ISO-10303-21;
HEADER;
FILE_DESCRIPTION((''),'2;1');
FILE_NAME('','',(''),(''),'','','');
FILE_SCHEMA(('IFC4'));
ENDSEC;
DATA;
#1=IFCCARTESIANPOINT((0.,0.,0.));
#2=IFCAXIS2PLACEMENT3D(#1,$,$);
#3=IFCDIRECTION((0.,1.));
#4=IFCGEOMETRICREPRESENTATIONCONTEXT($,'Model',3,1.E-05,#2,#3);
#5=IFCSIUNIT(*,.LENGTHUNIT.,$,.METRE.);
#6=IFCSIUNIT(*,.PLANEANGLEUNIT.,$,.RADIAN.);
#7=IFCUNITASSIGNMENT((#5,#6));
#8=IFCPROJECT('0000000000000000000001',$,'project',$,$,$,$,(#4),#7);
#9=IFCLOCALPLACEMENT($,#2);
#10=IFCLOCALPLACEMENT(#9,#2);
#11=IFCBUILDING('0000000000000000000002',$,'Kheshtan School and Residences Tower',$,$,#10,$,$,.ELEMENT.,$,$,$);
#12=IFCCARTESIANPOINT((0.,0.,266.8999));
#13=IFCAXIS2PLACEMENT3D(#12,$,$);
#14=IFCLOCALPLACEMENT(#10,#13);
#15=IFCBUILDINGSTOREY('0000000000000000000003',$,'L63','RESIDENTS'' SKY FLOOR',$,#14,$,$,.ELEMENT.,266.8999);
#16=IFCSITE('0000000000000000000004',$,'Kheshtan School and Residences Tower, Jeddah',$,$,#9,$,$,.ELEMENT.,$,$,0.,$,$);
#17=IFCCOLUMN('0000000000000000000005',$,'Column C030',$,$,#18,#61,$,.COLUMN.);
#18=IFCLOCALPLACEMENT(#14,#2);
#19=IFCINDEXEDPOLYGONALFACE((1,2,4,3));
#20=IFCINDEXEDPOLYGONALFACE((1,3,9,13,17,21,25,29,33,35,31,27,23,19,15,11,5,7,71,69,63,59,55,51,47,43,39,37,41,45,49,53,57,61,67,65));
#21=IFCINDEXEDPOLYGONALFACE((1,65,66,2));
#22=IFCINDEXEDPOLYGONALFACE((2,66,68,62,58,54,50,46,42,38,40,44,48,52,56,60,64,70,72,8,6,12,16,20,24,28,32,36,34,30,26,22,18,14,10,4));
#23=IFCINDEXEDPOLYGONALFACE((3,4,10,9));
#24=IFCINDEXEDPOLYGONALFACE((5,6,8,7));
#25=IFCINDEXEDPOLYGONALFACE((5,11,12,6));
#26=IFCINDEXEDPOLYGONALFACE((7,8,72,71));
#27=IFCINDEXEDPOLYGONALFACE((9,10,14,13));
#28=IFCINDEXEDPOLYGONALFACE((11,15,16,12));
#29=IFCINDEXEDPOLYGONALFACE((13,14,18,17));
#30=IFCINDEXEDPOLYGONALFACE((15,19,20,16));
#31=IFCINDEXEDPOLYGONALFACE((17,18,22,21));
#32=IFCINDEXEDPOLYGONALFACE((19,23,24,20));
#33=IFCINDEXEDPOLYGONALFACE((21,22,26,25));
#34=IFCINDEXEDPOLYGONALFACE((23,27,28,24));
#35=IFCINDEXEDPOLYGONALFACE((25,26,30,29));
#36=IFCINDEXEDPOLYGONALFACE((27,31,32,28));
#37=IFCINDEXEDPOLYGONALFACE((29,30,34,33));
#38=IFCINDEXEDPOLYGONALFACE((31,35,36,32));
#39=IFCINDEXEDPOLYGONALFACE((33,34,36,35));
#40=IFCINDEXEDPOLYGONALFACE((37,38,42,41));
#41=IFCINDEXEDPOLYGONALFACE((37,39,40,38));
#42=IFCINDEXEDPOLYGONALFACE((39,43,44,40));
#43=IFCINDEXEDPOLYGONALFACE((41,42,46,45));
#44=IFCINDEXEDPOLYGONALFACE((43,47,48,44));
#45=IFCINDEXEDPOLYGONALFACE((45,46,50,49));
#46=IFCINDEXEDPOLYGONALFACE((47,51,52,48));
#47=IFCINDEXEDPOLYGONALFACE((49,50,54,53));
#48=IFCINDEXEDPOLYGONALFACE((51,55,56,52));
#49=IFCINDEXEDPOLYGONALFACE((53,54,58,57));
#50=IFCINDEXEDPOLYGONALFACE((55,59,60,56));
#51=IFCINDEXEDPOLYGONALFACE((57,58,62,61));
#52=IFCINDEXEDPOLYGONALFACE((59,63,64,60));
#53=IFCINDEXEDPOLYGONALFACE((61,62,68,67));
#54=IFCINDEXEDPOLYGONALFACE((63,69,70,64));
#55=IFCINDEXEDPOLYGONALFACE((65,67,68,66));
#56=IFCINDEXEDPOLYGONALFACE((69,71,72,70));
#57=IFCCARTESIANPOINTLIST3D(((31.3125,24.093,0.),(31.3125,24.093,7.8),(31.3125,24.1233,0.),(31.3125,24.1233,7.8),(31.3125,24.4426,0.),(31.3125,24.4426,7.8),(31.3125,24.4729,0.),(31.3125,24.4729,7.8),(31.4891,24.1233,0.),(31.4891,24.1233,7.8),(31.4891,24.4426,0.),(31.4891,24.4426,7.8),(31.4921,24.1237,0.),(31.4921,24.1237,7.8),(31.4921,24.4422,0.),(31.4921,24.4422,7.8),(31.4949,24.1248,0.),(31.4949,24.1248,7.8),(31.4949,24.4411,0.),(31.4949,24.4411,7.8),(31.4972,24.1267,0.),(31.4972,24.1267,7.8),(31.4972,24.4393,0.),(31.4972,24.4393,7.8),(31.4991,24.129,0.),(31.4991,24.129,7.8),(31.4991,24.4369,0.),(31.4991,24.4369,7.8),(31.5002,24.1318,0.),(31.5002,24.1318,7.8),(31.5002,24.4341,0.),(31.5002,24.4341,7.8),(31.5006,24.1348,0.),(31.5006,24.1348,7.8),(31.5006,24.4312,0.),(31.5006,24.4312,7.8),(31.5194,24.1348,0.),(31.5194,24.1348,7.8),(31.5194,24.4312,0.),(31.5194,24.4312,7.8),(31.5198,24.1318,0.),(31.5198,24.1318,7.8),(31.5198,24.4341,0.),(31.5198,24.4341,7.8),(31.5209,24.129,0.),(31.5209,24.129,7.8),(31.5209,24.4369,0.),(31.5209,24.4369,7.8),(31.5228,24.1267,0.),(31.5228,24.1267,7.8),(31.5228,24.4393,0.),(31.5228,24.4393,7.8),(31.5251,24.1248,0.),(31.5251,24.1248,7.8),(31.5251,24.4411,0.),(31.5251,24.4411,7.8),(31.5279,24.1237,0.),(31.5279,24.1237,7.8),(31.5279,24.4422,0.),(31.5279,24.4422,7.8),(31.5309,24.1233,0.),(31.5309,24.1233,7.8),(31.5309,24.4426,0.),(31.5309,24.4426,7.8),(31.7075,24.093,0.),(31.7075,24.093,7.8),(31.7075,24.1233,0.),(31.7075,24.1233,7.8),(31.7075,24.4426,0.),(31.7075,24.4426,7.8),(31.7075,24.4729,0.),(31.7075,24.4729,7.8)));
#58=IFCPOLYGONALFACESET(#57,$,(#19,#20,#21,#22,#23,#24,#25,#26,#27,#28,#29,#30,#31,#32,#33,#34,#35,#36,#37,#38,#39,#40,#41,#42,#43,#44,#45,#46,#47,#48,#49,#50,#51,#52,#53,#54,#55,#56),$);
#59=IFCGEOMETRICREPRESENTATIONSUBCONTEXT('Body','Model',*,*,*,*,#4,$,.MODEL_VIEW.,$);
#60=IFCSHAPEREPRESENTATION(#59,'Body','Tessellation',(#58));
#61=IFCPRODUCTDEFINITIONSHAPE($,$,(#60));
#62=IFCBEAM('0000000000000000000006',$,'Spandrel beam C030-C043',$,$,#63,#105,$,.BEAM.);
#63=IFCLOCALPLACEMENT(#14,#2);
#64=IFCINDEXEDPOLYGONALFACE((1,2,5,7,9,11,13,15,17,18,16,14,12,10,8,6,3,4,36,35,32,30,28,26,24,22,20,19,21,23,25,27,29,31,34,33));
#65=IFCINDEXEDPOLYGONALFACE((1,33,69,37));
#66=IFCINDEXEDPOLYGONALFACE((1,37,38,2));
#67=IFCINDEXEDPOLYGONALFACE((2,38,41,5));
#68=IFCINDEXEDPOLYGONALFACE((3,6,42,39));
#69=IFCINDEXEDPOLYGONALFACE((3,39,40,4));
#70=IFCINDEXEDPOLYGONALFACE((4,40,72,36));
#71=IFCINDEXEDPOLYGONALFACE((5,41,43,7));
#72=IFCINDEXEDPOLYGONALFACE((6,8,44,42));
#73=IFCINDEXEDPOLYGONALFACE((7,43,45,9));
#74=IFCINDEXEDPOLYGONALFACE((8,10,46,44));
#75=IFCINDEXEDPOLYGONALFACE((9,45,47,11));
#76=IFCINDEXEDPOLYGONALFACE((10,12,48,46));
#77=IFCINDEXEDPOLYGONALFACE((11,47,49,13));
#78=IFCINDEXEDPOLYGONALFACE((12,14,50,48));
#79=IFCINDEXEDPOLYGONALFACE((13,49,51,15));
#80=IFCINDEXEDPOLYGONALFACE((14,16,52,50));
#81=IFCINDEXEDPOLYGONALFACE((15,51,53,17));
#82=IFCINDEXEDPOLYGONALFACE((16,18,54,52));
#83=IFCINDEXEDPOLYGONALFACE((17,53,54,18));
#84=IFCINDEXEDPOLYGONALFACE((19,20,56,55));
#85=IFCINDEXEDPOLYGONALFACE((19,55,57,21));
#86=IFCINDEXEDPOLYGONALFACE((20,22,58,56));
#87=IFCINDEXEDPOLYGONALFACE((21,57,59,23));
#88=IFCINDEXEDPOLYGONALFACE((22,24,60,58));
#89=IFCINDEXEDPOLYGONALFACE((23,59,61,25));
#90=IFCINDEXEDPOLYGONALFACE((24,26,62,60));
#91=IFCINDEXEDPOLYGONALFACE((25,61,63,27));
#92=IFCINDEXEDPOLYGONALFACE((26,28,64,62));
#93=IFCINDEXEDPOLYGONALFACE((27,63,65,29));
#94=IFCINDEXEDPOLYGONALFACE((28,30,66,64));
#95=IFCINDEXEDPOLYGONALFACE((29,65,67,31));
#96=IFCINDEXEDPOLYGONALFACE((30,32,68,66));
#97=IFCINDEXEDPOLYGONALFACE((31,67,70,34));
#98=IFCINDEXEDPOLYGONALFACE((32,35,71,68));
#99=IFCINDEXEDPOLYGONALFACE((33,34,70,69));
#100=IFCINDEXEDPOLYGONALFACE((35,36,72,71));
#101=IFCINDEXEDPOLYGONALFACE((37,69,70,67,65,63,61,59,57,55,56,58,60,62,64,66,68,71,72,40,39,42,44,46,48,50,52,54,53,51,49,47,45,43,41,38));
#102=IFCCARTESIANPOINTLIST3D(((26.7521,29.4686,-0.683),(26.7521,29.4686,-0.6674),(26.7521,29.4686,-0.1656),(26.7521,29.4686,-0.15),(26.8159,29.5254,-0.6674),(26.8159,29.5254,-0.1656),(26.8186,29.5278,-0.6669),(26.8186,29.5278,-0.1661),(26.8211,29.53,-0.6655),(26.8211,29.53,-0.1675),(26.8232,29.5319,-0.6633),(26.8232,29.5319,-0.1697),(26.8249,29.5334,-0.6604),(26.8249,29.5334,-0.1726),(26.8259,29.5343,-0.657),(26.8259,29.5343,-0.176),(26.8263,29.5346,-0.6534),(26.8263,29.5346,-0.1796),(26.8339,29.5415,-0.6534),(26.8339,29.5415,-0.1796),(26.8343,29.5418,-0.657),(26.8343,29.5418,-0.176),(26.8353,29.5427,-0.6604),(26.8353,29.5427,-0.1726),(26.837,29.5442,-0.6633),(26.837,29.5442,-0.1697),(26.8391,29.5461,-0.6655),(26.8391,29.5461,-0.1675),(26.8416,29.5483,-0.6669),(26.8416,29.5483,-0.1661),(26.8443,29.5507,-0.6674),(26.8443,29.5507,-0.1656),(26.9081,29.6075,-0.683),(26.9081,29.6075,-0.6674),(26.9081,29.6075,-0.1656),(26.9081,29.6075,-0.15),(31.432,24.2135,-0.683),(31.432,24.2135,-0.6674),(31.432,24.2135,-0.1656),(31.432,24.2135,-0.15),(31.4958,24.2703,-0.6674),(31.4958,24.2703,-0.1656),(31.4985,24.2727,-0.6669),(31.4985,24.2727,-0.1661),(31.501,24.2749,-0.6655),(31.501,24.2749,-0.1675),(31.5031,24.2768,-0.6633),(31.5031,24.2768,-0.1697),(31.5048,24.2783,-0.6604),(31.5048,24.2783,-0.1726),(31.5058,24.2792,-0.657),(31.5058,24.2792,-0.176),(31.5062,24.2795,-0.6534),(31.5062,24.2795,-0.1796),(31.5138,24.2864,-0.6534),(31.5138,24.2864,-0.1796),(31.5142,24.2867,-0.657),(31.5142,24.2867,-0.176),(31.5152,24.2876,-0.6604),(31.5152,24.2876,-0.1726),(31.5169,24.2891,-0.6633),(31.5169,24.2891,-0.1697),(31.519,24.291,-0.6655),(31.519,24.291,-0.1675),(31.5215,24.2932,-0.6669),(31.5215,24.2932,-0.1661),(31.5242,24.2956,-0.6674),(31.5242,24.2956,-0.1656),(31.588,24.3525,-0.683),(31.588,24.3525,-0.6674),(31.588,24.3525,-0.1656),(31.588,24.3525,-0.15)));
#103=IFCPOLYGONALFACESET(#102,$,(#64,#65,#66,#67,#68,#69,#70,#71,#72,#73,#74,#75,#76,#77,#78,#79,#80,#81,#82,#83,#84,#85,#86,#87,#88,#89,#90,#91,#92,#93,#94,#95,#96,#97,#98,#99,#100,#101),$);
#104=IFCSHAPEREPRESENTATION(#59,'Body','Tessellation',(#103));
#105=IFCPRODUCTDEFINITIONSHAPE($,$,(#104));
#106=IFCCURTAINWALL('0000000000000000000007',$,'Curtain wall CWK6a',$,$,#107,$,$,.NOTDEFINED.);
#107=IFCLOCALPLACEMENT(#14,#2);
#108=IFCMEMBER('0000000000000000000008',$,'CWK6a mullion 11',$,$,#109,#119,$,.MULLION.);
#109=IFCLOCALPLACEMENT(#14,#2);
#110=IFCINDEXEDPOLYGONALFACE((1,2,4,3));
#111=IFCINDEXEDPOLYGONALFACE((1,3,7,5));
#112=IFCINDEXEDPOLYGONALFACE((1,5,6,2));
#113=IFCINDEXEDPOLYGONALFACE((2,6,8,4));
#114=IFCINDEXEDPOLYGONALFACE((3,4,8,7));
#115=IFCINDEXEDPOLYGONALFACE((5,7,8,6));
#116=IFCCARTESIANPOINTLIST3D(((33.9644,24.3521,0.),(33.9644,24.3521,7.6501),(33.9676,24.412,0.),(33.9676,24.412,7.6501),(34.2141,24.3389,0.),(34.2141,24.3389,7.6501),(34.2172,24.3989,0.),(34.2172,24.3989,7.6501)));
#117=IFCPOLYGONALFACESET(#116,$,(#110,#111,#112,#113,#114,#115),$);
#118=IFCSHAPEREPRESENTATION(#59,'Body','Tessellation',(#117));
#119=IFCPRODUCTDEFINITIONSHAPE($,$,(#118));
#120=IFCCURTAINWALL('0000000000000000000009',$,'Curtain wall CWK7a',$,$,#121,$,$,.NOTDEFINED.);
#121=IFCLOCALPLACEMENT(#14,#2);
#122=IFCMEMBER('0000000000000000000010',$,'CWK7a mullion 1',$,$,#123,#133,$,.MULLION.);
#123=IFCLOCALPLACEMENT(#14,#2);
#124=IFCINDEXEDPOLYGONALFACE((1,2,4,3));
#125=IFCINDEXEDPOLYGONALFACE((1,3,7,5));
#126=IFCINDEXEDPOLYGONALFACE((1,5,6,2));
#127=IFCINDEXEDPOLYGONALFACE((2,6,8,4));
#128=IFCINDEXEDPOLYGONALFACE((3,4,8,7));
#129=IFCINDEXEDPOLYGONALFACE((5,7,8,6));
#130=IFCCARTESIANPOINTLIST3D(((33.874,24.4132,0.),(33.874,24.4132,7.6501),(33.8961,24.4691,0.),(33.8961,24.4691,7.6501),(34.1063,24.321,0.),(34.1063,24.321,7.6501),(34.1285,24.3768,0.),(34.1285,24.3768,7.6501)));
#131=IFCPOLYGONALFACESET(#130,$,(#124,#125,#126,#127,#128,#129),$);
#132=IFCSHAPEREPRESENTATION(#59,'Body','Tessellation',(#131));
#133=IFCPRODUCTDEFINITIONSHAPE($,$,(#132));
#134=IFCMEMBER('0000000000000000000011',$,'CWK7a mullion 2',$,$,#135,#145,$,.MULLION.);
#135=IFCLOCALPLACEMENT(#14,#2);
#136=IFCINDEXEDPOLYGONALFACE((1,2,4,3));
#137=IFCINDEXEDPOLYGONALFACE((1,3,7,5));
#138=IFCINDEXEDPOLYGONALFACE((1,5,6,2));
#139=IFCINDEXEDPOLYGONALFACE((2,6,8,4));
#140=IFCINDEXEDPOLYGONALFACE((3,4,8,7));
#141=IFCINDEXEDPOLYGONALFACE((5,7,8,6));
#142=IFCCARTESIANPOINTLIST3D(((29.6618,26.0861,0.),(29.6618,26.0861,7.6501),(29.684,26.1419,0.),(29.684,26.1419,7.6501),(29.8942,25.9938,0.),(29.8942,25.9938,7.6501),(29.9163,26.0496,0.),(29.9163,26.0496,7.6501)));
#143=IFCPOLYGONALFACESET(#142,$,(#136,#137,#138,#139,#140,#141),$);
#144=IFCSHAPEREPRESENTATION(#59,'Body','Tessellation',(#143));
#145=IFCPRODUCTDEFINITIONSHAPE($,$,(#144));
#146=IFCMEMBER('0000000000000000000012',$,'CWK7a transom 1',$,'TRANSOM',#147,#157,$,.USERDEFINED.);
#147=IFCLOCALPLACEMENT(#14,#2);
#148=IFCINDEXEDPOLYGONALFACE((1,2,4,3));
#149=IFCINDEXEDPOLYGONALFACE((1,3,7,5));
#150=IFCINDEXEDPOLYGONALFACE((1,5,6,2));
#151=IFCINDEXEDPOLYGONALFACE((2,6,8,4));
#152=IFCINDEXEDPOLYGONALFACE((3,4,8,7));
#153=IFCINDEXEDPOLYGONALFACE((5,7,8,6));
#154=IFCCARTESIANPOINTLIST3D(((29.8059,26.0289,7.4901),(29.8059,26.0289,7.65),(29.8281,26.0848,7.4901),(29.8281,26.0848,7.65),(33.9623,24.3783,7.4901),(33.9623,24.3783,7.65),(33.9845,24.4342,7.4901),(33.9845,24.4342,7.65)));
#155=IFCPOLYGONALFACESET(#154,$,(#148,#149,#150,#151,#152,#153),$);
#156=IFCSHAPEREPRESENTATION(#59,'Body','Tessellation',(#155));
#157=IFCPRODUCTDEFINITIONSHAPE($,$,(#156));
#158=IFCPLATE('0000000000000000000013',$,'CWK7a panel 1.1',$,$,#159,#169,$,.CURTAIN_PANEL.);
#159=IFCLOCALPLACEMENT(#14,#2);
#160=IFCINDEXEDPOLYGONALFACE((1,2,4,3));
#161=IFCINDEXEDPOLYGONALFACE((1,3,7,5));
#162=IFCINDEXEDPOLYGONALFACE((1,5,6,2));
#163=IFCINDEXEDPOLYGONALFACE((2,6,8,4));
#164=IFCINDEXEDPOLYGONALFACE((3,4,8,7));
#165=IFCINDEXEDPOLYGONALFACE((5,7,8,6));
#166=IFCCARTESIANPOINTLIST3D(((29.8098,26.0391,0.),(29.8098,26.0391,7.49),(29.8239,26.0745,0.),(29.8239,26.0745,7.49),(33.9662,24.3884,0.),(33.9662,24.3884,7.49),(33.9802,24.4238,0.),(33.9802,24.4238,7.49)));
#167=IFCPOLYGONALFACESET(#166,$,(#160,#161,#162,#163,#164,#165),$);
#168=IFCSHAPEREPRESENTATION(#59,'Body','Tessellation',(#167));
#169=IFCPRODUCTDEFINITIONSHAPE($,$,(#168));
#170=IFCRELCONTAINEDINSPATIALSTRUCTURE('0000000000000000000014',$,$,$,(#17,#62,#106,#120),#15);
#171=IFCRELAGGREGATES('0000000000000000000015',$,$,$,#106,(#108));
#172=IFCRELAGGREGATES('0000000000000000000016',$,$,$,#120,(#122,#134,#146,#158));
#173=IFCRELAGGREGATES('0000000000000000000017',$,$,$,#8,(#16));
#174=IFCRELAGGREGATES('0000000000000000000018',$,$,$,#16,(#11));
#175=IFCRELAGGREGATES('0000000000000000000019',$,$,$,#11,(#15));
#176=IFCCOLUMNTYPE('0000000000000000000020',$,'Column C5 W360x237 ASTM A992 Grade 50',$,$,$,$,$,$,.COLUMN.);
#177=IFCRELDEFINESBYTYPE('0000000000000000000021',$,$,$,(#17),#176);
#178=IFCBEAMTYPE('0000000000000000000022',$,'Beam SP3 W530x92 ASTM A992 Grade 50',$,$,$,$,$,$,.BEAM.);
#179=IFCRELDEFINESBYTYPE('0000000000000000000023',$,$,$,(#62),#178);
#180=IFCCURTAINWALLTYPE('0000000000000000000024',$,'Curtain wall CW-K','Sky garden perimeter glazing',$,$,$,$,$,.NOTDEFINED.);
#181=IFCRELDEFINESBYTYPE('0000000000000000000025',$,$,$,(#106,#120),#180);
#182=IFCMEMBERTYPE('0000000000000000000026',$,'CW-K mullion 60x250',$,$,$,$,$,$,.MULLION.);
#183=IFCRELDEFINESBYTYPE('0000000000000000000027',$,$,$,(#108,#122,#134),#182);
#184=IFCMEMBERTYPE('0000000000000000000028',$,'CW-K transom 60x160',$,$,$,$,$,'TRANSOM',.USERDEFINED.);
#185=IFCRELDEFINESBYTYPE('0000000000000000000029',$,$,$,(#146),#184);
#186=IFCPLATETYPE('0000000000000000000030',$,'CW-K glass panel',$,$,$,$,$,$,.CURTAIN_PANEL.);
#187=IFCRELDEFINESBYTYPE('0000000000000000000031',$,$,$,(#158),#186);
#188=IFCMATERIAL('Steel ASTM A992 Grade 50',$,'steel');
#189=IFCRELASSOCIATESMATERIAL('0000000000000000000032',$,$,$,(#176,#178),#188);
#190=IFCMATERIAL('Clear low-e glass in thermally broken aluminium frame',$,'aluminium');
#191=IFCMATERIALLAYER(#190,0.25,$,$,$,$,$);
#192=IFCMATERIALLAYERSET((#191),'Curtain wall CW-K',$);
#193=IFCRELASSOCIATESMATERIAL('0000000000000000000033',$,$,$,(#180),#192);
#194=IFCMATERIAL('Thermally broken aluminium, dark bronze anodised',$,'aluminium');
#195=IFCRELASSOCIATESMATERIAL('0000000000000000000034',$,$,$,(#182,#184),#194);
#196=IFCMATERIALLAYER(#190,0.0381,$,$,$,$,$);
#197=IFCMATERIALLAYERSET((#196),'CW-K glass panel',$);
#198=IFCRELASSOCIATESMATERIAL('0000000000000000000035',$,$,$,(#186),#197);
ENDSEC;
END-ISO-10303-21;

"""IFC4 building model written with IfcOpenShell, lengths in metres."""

from ifc_helpers import new_model, si_unit, direction, frame, origin, origin_2d, place, context, subcontext, project, spatial, rectangle, i_section, extrude, material, layer, layer_set, material_profile, profile_set, type_object, element, aggregate, save


model = new_model("IFC4")

# Units and contexts
model_context = context("Model", 3, precision=1e-05, world=origin(), true_north=direction((0.0, 1.0)))
body_context = subcontext(model_context, "Body", "Model", "MODEL_VIEW")
ifc_project = project(units=[si_unit("LENGTHUNIT", "METRE"), si_unit("PLANEANGLEUNIT", "RADIAN")], contexts=[model_context])

# Site, building, storey
site_placement = place(None, origin())
site = spatial("IfcSite", under=ifc_project, at=site_placement, Name="Kheshtan School and Residences Tower, Jeddah", CompositionType="ELEMENT", RefElevation=0.0)
building_placement = place(site_placement, origin())
building = spatial("IfcBuilding", under=site, at=building_placement, Name="Kheshtan School and Residences Tower", CompositionType="ELEMENT")
storey_placement = place(building_placement, frame((0.0, 0.0, 266.8999)))
storey = spatial("IfcBuildingStorey", under=building, at=storey_placement, Name="L63", Description="RESIDENTS' SKY FLOOR", CompositionType="ELEMENT", Elevation=266.8999)

# Column
ifc_material_1 = material(Name="Steel ASTM A992 Grade 50", Category="steel")
ifc_material_profile_1 = material_profile(ifc_material_1, i_section(OverallWidth=0.395, OverallDepth=0.3799, WebThickness=0.0188, FlangeThickness=0.0303, FilletRadius=0.0115, at=origin_2d()), Name="W360x237")
ifc_profile_set_1 = profile_set([ifc_material_profile_1], Name="Steel ASTM A992 Grade 50")
column_type = type_object("IfcColumnType", Name="Column C5 W360x237 ASTM A992 Grade 50", PredefinedType="COLUMN", material=ifc_profile_set_1)
column_placement = place(storey_placement, frame((31.51, 24.283, 0.0), z_axis=(0.0, 0.0, 1.0), x_axis=(1.0, 0.0, 0.0)))
element("IfcColumn", 1, at=column_placement, inside=storey, type_object=column_type, Name="Column C030", PredefinedType="COLUMN", context=body_context, shape_type="SweptSolid", body=[
    extrude(i_section(OverallWidth=0.395, OverallDepth=0.3799, WebThickness=0.0188, FlangeThickness=0.0303, FilletRadius=0.0115, at=origin_2d()), origin(), (0.0, 0.0, 1.0), 7.8),
])

# Beam
ifc_material_profile_2 = material_profile(ifc_material_1, i_section(OverallWidth=0.209, OverallDepth=0.533, WebThickness=0.0103, FlangeThickness=0.0156, FilletRadius=0.0139, at=origin_2d()), Name="W530x92")
ifc_profile_set_2 = profile_set([ifc_material_profile_2], Name="Steel ASTM A992 Grade 50")
beam_type = type_object("IfcBeamType", Name="Beam SP3 W530x92 ASTM A992 Grade 50", PredefinedType="BEAM", material=ifc_profile_set_2)
beam_placement = place(storey_placement, frame((31.51, 24.283, -0.4165), z_axis=(-0.665055, 0.746795, 0.0), x_axis=(-0.746795, -0.665055, 0.0)))
element("IfcBeam", 2, at=beam_placement, inside=storey, type_object=beam_type, Name="Spandrel beam C030-C043", PredefinedType="BEAM", context=body_context, shape_type="SweptSolid", body=[
    extrude(i_section(OverallWidth=0.209, OverallDepth=0.533, WebThickness=0.0103, FlangeThickness=0.0156, FilletRadius=0.0139, at=origin_2d()), origin(), (0.0, 0.0, 1.0), 7.0369),
])

# Curtain wall, member
ifc_material_2 = material(Name="Clear low-e glass in thermally broken aluminium frame", Category="aluminium")
ifc_layer_1 = layer(ifc_material_2, 0.25)
ifc_layer_set_1 = layer_set([ifc_layer_1], Name="Curtain wall CW-K")
curtain_wall_type = type_object("IfcCurtainWallType", Name="Curtain wall CW-K", Description="Sky garden perimeter glazing", PredefinedType="NOTDEFINED", material=ifc_layer_set_1)
curtain_wall_1_placement = place(storey_placement, origin())
curtain_wall_1 = element("IfcCurtainWall", 3, at=curtain_wall_1_placement, inside=storey, type_object=curtain_wall_type, Name="Curtain wall CWK6a", PredefinedType="NOTDEFINED")
ifc_material_3 = material(Name="Thermally broken aluminium, dark bronze anodised", Category="aluminium")
ifc_material_profile_3 = material_profile(ifc_material_3, rectangle(XDim=0.0601, YDim=0.25, at=origin_2d()), Name="CW-K mullion 60x250")
ifc_profile_set_3 = profile_set([ifc_material_profile_3], Name="Thermally broken aluminium, dark bronze anodised")
member_type_1 = type_object("IfcMemberType", Name="CW-K mullion 60x250", PredefinedType="MULLION", material=ifc_profile_set_3)
member_1_placement = place(storey_placement, frame((34.0908, 24.3755, 0.0), z_axis=(0.0, 0.0, 1.0), x_axis=(-0.052566, -0.998617, 0.0)))
member_1 = element("IfcMember", 4, at=member_1_placement, type_object=member_type_1, Name="CWK6a mullion 11", PredefinedType="MULLION", context=body_context, shape_type="SweptSolid", body=[
    extrude(rectangle(XDim=0.0601, YDim=0.25, at=origin_2d()), origin(), (0.0, 0.0, 1.0), 7.6501),
])
aggregate(curtain_wall_1, [member_1])

# Curtain wall, members, plate
curtain_wall_2_placement = place(storey_placement, origin())
curtain_wall_2 = element("IfcCurtainWall", 5, at=curtain_wall_2_placement, inside=storey, type_object=curtain_wall_type, Name="Curtain wall CWK7a", PredefinedType="NOTDEFINED")
member_2_placement = place(storey_placement, frame((34.0012, 24.395, 0.0), z_axis=(0.0, 0.0, 1.0), x_axis=(-0.369099, -0.92939, 0.0)))
member_2 = element("IfcMember", 6, at=member_2_placement, type_object=member_type_1, Name="CWK7a mullion 1", PredefinedType="MULLION", context=body_context, shape_type="SweptSolid", body=[
    extrude(rectangle(XDim=0.0601, YDim=0.25, at=origin_2d()), origin(), (0.0, 0.0, 1.0), 7.6501),
])
member_3_placement = place(storey_placement, frame((29.7891, 26.0679, 0.0), z_axis=(0.0, 0.0, 1.0), x_axis=(-0.369099, -0.92939, 0.0)))
member_3 = element("IfcMember", 7, at=member_3_placement, type_object=member_type_1, Name="CWK7a mullion 2", PredefinedType="MULLION", context=body_context, shape_type="SweptSolid", body=[
    extrude(rectangle(XDim=0.0601, YDim=0.25, at=origin_2d()), origin(), (0.0, 0.0, 1.0), 7.6501),
])
ifc_material_profile_4 = material_profile(ifc_material_3, rectangle(XDim=0.0601, YDim=0.1599, at=origin_2d()), Name="CW-K transom 60x160")
ifc_profile_set_4 = profile_set([ifc_material_profile_4], Name="Thermally broken aluminium, dark bronze anodised")
member_type_2 = type_object("IfcMemberType", Name="CW-K transom 60x160", ElementType="TRANSOM", PredefinedType="USERDEFINED", material=ifc_profile_set_4)
member_4_placement = place(storey_placement, frame((33.9734, 24.4062, 7.5701), z_axis=(-0.929396, 0.369084, 0.0), x_axis=(-0.369084, -0.929396, 0.0)))
member_4 = element("IfcMember", 8, at=member_4_placement, type_object=member_type_2, Name="CWK7a transom 1", ObjectType="TRANSOM", PredefinedType="USERDEFINED", context=body_context, shape_type="SweptSolid", body=[
    extrude(rectangle(XDim=0.0601, YDim=0.1599, at=origin_2d()), origin(), (0.0, 0.0, 1.0), 4.4722),
])
ifc_layer_2 = layer(ifc_material_2, 0.0381)
ifc_layer_set_2 = layer_set([ifc_layer_2], Name="CW-K glass panel")
plate_type = type_object("IfcPlateType", Name="CW-K glass panel", PredefinedType="CURTAIN_PANEL", material=ifc_layer_set_2)
plate_placement = place(storey_placement, frame((31.895, 25.2314, 0.0), z_axis=(0.0, 0.0, 1.0), x_axis=(-0.92939, 0.369099, 0.0)))
plate = element("IfcPlate", 9, at=plate_placement, type_object=plate_type, Name="CWK7a panel 1.1", PredefinedType="CURTAIN_PANEL", context=body_context, shape_type="SweptSolid", body=[
    extrude(rectangle(XDim=4.4722, YDim=0.0381, at=origin_2d()), origin(), (0.0, 0.0, 1.0), 7.49),
])
aggregate(curtain_wall_2, [member_2, member_3, member_4, plate])

save(model, "model.ifc")
